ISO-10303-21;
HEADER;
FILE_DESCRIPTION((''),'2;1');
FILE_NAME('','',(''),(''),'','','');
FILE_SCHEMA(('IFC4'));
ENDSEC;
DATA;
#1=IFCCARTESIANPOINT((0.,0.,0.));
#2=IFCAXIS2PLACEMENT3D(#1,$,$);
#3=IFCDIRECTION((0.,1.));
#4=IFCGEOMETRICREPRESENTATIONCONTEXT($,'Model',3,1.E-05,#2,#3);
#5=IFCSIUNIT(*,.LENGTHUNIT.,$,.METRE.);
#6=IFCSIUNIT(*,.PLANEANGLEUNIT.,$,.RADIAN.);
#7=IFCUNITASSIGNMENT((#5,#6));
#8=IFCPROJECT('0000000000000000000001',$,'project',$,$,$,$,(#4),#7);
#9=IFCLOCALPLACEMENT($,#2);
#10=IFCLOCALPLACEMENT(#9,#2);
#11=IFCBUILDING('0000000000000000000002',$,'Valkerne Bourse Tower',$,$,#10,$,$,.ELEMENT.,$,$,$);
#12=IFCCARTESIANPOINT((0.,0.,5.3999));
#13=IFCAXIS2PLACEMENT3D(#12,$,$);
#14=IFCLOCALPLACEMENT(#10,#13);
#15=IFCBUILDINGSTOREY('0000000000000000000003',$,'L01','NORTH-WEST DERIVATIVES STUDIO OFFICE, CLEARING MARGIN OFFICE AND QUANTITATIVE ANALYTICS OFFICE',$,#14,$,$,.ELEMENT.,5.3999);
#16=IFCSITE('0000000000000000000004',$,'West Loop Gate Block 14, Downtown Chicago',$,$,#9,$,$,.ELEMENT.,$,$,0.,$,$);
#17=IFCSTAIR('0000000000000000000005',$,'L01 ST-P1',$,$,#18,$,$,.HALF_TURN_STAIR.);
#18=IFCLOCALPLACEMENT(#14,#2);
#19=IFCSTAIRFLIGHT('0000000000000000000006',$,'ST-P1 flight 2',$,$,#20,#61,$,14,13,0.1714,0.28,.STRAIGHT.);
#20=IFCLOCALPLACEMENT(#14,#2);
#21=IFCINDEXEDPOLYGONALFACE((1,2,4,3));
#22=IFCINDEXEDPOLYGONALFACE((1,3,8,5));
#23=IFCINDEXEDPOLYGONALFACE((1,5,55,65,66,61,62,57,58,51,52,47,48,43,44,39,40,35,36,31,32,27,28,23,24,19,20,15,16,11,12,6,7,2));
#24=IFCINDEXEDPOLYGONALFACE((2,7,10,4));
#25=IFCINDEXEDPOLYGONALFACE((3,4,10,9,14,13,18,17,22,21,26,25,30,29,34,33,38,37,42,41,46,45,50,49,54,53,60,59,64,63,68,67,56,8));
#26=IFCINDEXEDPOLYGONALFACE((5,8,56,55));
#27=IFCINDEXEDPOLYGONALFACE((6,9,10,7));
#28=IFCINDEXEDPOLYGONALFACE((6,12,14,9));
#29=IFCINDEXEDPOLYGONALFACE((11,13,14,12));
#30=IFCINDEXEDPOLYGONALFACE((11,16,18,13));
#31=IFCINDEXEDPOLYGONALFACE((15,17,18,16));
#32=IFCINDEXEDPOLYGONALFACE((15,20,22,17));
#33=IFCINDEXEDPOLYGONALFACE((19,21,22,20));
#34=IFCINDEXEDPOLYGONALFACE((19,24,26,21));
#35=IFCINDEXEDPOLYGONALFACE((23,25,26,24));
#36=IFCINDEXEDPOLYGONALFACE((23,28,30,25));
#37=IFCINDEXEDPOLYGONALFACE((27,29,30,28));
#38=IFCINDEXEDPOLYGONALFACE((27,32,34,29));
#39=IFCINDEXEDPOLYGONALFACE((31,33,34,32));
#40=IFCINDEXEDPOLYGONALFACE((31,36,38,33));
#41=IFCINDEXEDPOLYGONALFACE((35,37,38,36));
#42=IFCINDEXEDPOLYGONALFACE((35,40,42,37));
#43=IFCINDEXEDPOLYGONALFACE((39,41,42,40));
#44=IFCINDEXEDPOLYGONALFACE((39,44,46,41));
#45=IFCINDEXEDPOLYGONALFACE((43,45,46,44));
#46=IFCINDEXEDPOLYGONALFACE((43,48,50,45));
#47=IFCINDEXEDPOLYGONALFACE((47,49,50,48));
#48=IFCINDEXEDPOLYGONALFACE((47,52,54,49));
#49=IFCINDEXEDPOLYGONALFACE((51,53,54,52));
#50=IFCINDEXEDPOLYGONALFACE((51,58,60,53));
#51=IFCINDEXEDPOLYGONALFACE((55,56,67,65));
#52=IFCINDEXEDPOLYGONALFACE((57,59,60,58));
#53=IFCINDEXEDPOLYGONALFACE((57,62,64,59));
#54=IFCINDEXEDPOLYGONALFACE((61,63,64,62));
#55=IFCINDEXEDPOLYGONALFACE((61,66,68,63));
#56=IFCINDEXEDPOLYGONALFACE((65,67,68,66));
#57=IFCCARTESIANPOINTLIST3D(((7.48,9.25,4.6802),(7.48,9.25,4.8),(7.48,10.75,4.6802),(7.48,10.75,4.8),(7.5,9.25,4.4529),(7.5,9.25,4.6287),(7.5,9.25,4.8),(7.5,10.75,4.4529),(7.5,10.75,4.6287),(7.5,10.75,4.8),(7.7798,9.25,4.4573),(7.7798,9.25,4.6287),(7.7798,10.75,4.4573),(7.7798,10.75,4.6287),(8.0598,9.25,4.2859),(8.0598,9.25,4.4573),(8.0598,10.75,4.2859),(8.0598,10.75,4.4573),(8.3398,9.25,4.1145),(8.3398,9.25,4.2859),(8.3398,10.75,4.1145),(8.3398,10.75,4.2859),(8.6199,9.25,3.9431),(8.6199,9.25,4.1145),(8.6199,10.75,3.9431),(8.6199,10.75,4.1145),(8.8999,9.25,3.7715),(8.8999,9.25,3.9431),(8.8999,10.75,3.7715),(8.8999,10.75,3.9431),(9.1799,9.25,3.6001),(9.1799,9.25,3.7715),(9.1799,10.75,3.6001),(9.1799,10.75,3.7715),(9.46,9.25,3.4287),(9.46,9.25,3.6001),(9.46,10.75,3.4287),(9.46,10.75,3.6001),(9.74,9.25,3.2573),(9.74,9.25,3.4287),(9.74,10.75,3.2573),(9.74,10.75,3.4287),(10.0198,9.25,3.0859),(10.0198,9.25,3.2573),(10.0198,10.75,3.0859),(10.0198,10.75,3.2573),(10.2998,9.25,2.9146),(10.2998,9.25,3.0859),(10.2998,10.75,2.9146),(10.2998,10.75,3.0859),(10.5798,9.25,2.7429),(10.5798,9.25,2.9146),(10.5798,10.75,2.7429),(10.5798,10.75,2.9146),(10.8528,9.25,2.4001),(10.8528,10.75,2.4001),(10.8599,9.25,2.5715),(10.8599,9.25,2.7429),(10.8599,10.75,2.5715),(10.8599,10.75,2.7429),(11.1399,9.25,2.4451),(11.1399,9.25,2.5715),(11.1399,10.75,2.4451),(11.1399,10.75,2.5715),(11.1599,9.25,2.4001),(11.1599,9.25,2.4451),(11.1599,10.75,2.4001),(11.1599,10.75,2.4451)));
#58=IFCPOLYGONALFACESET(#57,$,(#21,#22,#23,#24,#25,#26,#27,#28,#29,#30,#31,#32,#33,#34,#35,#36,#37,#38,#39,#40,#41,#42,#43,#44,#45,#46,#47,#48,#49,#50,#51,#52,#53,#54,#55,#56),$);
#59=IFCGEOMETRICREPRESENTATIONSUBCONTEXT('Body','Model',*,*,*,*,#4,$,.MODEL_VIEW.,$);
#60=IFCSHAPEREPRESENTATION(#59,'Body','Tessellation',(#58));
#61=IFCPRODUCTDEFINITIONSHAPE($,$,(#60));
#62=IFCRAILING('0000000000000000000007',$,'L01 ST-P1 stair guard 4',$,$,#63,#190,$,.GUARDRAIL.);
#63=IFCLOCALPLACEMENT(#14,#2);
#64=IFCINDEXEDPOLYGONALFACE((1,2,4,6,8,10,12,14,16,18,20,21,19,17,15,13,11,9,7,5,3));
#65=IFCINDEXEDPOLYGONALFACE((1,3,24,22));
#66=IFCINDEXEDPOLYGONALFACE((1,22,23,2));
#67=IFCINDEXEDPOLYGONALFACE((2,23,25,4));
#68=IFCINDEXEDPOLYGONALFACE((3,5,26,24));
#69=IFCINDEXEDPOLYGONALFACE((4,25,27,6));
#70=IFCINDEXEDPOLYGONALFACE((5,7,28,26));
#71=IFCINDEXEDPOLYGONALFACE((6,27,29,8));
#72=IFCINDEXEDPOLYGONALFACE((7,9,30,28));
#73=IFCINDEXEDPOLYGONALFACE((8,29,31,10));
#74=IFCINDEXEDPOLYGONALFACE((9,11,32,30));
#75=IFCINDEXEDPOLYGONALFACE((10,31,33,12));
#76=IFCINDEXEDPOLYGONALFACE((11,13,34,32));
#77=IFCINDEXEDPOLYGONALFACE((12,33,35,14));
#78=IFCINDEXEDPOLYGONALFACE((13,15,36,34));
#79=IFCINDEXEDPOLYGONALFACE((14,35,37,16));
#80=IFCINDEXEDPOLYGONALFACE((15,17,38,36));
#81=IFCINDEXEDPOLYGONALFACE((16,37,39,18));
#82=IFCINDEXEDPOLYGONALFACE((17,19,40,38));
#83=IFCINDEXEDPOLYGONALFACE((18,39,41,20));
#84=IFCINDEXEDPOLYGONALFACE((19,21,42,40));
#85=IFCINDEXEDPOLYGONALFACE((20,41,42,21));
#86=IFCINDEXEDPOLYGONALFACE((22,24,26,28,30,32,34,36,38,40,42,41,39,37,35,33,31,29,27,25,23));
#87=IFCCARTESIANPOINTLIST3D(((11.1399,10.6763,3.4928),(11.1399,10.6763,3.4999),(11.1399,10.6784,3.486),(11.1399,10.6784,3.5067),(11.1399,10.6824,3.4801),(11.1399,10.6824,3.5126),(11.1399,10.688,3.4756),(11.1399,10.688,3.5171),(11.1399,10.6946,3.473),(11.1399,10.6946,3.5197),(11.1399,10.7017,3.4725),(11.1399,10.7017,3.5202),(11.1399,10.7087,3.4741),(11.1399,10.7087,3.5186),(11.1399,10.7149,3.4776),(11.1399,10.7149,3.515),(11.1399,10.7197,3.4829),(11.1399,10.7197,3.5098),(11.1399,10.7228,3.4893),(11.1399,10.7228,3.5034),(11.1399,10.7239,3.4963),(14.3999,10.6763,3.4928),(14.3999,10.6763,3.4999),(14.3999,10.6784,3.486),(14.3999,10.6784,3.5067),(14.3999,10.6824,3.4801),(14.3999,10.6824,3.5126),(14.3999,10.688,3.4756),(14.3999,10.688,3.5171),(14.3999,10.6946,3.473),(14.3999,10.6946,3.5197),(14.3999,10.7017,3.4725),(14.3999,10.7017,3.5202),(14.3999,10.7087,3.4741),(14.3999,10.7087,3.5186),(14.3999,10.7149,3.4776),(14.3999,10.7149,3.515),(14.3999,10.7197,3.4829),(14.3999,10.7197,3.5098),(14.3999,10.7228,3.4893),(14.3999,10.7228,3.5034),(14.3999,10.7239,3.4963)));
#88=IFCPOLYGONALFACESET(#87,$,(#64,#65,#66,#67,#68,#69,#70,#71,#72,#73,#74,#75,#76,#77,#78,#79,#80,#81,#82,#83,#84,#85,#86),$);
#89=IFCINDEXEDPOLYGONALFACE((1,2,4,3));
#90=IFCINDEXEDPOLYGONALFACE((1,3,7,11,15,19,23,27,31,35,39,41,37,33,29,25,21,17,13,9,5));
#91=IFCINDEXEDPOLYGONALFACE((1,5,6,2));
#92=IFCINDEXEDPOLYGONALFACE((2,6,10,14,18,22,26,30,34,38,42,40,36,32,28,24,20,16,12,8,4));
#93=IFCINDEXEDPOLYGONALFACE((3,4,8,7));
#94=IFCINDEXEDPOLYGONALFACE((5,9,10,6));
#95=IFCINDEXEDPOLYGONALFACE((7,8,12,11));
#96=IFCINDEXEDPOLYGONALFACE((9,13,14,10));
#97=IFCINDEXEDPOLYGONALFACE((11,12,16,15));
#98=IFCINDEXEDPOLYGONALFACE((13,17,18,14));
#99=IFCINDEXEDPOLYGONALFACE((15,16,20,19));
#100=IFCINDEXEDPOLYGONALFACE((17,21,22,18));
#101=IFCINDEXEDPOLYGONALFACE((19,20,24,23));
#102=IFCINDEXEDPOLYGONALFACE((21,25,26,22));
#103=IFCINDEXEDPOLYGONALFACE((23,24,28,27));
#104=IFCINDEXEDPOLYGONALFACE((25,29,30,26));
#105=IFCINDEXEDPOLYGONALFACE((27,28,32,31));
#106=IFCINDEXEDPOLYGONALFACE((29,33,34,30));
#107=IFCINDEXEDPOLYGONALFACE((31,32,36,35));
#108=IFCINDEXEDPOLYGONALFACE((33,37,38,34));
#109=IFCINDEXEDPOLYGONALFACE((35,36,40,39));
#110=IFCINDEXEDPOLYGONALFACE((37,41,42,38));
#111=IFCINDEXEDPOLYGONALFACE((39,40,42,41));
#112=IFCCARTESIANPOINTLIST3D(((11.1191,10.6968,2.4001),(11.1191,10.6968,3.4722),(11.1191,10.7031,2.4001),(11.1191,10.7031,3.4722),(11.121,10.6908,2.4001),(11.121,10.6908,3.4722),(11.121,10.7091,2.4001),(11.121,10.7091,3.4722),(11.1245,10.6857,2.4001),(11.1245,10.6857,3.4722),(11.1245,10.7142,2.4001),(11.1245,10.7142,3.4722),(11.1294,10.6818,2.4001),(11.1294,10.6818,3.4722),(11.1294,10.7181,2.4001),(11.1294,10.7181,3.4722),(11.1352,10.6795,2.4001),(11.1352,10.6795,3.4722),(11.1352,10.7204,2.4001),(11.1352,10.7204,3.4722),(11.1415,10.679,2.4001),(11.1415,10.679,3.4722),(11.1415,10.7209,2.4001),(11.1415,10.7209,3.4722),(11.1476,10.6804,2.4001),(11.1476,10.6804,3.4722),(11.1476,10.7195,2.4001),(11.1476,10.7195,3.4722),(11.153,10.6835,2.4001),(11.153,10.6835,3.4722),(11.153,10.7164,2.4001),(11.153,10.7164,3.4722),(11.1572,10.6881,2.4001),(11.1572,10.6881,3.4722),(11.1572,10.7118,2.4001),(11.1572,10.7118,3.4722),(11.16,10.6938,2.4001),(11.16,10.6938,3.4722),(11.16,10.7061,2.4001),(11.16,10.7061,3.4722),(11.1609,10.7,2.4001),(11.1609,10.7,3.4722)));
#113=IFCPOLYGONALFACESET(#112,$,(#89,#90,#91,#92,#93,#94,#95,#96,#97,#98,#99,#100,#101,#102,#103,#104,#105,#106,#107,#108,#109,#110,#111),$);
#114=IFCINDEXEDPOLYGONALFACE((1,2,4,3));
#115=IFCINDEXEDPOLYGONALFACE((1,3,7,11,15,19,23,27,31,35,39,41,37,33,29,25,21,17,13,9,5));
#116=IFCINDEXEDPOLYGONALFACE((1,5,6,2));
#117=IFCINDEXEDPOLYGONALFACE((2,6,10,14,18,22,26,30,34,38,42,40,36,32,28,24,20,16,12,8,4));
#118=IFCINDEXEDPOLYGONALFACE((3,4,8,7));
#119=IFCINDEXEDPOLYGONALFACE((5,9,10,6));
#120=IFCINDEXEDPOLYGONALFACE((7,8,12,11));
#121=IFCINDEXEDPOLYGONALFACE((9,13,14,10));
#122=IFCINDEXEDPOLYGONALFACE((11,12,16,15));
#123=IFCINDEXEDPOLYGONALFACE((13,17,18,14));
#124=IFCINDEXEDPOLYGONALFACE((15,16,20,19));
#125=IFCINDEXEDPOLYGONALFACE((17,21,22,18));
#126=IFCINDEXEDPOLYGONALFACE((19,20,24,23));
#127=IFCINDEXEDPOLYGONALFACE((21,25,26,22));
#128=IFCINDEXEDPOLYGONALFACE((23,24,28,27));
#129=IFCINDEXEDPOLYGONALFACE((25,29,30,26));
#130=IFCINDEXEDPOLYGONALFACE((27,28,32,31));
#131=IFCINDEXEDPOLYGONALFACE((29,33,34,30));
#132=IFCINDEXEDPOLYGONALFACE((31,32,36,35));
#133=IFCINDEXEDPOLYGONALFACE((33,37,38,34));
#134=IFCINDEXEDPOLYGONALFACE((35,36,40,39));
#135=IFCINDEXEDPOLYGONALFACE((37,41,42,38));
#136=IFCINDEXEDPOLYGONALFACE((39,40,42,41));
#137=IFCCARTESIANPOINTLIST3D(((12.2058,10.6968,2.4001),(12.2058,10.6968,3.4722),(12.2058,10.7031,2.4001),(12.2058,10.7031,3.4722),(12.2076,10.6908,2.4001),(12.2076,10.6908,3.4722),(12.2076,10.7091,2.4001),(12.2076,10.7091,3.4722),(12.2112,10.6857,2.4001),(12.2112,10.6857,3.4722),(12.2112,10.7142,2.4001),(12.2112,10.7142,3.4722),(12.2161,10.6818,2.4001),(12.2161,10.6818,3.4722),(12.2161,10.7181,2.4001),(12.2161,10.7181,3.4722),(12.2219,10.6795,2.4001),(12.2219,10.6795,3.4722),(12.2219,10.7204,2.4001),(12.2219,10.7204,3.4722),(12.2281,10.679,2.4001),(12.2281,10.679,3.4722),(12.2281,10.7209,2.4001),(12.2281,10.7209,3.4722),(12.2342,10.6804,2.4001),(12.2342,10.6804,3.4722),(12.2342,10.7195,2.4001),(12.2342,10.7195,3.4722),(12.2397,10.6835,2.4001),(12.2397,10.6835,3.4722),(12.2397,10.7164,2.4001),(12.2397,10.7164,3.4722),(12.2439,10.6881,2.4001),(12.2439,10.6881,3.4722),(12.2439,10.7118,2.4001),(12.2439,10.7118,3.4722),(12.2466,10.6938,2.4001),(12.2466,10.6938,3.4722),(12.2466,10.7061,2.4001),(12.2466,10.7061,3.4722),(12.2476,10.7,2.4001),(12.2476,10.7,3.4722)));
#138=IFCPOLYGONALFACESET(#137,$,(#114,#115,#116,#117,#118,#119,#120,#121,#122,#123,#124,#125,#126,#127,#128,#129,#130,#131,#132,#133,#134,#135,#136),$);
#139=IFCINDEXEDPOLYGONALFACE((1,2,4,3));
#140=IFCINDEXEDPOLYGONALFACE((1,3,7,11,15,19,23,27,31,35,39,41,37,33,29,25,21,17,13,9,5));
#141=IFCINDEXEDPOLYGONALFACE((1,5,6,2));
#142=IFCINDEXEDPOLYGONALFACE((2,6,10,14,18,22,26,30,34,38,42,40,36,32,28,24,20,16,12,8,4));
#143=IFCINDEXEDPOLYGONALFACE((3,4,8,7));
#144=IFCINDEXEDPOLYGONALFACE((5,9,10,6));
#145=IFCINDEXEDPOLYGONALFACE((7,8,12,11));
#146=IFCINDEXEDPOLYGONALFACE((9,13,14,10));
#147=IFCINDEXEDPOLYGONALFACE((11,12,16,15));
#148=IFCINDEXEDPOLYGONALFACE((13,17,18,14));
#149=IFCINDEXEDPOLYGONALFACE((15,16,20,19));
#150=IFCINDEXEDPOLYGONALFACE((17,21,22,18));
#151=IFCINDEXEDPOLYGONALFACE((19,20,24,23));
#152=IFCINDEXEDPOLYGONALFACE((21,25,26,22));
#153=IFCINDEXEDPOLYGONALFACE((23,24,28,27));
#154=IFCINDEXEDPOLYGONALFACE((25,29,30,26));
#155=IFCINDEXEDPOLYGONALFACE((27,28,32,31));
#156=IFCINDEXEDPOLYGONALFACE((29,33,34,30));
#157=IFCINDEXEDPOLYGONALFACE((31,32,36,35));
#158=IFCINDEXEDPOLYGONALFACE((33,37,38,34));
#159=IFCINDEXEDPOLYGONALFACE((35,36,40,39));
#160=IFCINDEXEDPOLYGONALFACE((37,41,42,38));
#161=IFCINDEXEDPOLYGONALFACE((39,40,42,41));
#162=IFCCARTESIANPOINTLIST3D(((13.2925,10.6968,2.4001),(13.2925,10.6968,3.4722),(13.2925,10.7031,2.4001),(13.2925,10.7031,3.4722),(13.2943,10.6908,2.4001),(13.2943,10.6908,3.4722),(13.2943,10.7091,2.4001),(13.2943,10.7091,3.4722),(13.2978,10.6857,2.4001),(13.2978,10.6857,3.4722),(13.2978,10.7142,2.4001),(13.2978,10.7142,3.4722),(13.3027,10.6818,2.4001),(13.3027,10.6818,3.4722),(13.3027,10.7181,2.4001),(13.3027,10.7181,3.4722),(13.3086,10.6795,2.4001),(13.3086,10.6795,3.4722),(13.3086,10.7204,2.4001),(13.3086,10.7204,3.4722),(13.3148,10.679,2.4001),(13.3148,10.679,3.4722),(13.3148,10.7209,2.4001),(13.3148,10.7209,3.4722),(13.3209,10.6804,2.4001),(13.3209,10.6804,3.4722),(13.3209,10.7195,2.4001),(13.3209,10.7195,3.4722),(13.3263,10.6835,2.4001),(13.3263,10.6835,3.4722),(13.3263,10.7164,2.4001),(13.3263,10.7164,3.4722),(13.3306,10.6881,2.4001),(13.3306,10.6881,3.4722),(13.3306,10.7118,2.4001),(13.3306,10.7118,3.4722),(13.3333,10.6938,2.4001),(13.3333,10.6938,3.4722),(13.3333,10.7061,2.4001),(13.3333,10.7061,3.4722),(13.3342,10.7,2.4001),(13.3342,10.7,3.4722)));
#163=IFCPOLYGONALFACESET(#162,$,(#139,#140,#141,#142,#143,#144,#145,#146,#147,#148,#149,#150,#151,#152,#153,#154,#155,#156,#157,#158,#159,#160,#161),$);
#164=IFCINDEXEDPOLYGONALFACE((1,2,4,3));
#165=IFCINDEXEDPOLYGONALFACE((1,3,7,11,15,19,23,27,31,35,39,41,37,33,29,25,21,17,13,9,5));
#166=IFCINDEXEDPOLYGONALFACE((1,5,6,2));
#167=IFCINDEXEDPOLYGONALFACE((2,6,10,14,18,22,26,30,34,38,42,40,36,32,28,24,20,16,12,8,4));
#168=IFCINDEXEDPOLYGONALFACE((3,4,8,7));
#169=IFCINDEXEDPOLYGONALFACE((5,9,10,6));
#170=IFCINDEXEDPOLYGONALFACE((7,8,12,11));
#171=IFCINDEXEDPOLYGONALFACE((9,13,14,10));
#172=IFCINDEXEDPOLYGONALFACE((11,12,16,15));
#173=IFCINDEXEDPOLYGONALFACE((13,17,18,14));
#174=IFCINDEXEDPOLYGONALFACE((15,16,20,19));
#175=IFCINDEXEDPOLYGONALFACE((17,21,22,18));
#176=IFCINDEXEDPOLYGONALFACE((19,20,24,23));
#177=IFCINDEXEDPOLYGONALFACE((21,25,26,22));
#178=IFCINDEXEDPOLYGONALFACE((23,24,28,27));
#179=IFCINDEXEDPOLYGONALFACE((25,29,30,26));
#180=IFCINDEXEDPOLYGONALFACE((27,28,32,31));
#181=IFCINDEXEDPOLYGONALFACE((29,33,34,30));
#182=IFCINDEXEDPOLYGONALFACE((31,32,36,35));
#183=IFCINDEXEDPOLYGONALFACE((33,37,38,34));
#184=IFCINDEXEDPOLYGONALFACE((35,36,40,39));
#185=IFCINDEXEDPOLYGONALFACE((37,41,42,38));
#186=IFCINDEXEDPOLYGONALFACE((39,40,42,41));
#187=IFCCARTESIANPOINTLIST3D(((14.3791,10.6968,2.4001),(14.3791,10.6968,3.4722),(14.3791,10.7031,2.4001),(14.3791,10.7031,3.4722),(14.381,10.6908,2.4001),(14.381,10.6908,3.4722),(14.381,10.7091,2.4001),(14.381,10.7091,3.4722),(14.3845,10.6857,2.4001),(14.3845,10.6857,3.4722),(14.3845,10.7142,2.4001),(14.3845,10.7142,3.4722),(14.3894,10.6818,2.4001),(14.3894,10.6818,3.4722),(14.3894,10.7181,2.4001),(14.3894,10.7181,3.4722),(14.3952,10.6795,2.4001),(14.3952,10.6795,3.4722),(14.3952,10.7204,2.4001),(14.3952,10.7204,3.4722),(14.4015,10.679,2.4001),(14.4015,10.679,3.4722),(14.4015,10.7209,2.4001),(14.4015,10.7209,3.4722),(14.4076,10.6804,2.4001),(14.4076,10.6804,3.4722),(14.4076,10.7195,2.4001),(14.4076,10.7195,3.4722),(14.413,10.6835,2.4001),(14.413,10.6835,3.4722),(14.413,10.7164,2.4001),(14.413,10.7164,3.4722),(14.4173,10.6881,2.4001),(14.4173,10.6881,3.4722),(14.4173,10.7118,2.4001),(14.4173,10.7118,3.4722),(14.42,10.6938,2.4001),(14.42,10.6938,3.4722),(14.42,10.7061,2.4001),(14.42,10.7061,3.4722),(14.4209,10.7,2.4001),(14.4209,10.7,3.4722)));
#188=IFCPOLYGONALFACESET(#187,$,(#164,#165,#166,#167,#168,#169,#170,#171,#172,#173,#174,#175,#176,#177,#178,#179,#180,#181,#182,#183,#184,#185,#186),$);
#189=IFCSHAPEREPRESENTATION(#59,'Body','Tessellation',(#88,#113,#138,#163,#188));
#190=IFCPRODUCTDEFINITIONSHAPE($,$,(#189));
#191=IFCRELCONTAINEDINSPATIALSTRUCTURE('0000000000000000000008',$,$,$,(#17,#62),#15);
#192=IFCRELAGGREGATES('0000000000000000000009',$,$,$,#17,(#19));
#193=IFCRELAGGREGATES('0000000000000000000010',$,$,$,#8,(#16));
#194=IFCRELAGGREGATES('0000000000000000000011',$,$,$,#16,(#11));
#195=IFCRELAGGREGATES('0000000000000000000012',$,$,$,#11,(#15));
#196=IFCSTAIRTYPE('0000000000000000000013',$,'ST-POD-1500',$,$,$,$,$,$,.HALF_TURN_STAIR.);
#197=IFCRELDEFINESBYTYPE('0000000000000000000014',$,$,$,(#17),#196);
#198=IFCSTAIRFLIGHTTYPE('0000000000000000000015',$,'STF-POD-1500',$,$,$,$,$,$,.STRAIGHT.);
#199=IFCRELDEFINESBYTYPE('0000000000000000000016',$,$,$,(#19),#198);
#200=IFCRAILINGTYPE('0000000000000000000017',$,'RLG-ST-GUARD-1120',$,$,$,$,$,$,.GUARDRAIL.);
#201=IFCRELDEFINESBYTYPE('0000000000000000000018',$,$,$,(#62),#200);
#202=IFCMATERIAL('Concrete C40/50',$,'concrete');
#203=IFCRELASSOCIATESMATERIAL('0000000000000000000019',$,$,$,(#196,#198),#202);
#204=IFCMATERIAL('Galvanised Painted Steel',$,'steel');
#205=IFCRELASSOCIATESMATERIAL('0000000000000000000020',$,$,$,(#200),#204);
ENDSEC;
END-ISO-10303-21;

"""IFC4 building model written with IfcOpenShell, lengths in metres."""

from ifc_helpers import new_model, si_unit, direction, frame, origin, origin_2d, place, context, subcontext, project, spatial, polyline, circle, outline, extrude, material, type_object, element, aggregate, save


model = new_model("IFC4")

# Units and contexts
model_context = context("Model", 3, precision=1e-05, world=origin(), true_north=direction((0.0, 1.0)))
body_context = subcontext(model_context, "Body", "Model", "MODEL_VIEW")
ifc_project = project(units=[si_unit("LENGTHUNIT", "METRE"), si_unit("PLANEANGLEUNIT", "RADIAN")], contexts=[model_context])

# Site, building, storey
site_placement = place(None, origin())
site = spatial("IfcSite", under=ifc_project, at=site_placement, Name="West Loop Gate Block 14, Downtown Chicago", CompositionType="ELEMENT", RefElevation=0.0)
building_placement = place(site_placement, origin())
building = spatial("IfcBuilding", under=site, at=building_placement, Name="Valkerne Bourse Tower", CompositionType="ELEMENT")
storey_placement = place(building_placement, frame((0.0, 0.0, 5.3999)))
storey = spatial("IfcBuildingStorey", under=building, at=storey_placement, Name="L01", Description="NORTH-WEST DERIVATIVES STUDIO OFFICE, CLEARING MARGIN OFFICE AND QUANTITATIVE ANALYTICS OFFICE", CompositionType="ELEMENT", Elevation=5.3999)

# Shared definitions
ifc_material_1 = material(Name="Galvanised Painted Steel", Category="steel")
ifc_material_2 = material(Name="Concrete C40/50", Category="concrete")

# Stair, stair flight
stair_type = type_object("IfcStairType", Name="ST-POD-1500", PredefinedType="HALF_TURN_STAIR", material=ifc_material_2)
stair_placement = place(storey_placement, origin())
stair = element("IfcStair", 1, at=stair_placement, inside=storey, type_object=stair_type, Name="L01 ST-P1", PredefinedType="HALF_TURN_STAIR")
stair_flight_type = type_object("IfcStairFlightType", Name="STF-POD-1500", PredefinedType="STRAIGHT", material=ifc_material_2)
stair_flight_placement = place(storey_placement, frame((11.1399, 10.0, 2.4001), z_axis=(0.0, 0.0, 1.0), x_axis=(-1.0, 0.0, 0.0)))
stair_flight = element("IfcStairFlight", 2, at=stair_flight_placement, type_object=stair_flight_type, Name="ST-P1 flight 2", NumberOfRisers=14, NumberOfTreads=13, PredefinedType="STRAIGHT", RiserHeight=0.1714, TreadLength=0.28, context=body_context, shape_type="SweptSolid", body=[
    extrude(outline(polyline([(-0.02, 0.0), (-0.02, 0.0449), (0.0, 0.0449), (0.0, 0.1714), (0.28, 0.1714), (0.28, 0.3428), (0.5601, 0.3428), (0.5601, 0.5144), (0.8401, 0.5144), (0.8401, 0.6858), (1.1201, 0.6858), (1.1201, 0.8572), (1.3999, 0.8572), (1.3999, 1.0286), (1.6799, 1.0286), (1.6799, 1.2), (1.96, 1.2), (1.96, 1.3713), (2.24, 1.3713), (2.24, 1.543), (2.52, 1.543), (2.52, 1.7144), (2.8, 1.7144), (2.8, 1.8857), (3.0801, 1.8857), (3.0801, 2.0571), (3.3601, 2.0571), (3.3601, 2.2285), (3.6399, 2.2285), (3.6399, 2.3999), (3.6599, 2.3999), (3.6599, 2.28), (3.6399, 2.0527), (0.2871, 0.0), (-0.02, 0.0)])), frame((0.0, 0.75, 0.0), z_axis=(0.0, -1.0, 0.0), x_axis=(1.0, 0.0, 0.0)), (0.0, 0.0, 1.0), 1.5),
])
aggregate(stair, [stair_flight])

# Railing
railing_type_1 = type_object("IfcRailingType", Name="RLG-ST-GUARD-1120", PredefinedType="GUARDRAIL", material=ifc_material_1)
railing_1_placement = place(storey_placement, frame((11.1399, 10.7, 2.4001)))
element("IfcRailing", 3, at=railing_1_placement, inside=storey, type_object=railing_type_1, Name="L01 ST-P1 stair guard 4", PredefinedType="GUARDRAIL", context=body_context, shape_type="SweptSolid", body=[
    extrude(circle(Radius=0.0239, at=origin_2d()), frame((0.0, 0.0, 1.0962), z_axis=(1.0, 0.0, 0.0), x_axis=(0.0, 1.0, 0.0)), (0.0, 0.0, 1.0), 3.26),
    extrude(circle(Radius=0.021, at=origin_2d()), origin(), (0.0, 0.0, 1.0), 1.072),
    extrude(circle(Radius=0.021, at=origin_2d()), frame((1.0867, 0.0, 0.0)), (0.0, 0.0, 1.0), 1.072),
    extrude(circle(Radius=0.021, at=origin_2d()), frame((2.1733, 0.0, 0.0)), (0.0, 0.0, 1.0), 1.072),
    extrude(circle(Radius=0.021, at=origin_2d()), frame((3.26, 0.0, 0.0)), (0.0, 0.0, 1.0), 1.072),
])

save(model, "model.ifc")
